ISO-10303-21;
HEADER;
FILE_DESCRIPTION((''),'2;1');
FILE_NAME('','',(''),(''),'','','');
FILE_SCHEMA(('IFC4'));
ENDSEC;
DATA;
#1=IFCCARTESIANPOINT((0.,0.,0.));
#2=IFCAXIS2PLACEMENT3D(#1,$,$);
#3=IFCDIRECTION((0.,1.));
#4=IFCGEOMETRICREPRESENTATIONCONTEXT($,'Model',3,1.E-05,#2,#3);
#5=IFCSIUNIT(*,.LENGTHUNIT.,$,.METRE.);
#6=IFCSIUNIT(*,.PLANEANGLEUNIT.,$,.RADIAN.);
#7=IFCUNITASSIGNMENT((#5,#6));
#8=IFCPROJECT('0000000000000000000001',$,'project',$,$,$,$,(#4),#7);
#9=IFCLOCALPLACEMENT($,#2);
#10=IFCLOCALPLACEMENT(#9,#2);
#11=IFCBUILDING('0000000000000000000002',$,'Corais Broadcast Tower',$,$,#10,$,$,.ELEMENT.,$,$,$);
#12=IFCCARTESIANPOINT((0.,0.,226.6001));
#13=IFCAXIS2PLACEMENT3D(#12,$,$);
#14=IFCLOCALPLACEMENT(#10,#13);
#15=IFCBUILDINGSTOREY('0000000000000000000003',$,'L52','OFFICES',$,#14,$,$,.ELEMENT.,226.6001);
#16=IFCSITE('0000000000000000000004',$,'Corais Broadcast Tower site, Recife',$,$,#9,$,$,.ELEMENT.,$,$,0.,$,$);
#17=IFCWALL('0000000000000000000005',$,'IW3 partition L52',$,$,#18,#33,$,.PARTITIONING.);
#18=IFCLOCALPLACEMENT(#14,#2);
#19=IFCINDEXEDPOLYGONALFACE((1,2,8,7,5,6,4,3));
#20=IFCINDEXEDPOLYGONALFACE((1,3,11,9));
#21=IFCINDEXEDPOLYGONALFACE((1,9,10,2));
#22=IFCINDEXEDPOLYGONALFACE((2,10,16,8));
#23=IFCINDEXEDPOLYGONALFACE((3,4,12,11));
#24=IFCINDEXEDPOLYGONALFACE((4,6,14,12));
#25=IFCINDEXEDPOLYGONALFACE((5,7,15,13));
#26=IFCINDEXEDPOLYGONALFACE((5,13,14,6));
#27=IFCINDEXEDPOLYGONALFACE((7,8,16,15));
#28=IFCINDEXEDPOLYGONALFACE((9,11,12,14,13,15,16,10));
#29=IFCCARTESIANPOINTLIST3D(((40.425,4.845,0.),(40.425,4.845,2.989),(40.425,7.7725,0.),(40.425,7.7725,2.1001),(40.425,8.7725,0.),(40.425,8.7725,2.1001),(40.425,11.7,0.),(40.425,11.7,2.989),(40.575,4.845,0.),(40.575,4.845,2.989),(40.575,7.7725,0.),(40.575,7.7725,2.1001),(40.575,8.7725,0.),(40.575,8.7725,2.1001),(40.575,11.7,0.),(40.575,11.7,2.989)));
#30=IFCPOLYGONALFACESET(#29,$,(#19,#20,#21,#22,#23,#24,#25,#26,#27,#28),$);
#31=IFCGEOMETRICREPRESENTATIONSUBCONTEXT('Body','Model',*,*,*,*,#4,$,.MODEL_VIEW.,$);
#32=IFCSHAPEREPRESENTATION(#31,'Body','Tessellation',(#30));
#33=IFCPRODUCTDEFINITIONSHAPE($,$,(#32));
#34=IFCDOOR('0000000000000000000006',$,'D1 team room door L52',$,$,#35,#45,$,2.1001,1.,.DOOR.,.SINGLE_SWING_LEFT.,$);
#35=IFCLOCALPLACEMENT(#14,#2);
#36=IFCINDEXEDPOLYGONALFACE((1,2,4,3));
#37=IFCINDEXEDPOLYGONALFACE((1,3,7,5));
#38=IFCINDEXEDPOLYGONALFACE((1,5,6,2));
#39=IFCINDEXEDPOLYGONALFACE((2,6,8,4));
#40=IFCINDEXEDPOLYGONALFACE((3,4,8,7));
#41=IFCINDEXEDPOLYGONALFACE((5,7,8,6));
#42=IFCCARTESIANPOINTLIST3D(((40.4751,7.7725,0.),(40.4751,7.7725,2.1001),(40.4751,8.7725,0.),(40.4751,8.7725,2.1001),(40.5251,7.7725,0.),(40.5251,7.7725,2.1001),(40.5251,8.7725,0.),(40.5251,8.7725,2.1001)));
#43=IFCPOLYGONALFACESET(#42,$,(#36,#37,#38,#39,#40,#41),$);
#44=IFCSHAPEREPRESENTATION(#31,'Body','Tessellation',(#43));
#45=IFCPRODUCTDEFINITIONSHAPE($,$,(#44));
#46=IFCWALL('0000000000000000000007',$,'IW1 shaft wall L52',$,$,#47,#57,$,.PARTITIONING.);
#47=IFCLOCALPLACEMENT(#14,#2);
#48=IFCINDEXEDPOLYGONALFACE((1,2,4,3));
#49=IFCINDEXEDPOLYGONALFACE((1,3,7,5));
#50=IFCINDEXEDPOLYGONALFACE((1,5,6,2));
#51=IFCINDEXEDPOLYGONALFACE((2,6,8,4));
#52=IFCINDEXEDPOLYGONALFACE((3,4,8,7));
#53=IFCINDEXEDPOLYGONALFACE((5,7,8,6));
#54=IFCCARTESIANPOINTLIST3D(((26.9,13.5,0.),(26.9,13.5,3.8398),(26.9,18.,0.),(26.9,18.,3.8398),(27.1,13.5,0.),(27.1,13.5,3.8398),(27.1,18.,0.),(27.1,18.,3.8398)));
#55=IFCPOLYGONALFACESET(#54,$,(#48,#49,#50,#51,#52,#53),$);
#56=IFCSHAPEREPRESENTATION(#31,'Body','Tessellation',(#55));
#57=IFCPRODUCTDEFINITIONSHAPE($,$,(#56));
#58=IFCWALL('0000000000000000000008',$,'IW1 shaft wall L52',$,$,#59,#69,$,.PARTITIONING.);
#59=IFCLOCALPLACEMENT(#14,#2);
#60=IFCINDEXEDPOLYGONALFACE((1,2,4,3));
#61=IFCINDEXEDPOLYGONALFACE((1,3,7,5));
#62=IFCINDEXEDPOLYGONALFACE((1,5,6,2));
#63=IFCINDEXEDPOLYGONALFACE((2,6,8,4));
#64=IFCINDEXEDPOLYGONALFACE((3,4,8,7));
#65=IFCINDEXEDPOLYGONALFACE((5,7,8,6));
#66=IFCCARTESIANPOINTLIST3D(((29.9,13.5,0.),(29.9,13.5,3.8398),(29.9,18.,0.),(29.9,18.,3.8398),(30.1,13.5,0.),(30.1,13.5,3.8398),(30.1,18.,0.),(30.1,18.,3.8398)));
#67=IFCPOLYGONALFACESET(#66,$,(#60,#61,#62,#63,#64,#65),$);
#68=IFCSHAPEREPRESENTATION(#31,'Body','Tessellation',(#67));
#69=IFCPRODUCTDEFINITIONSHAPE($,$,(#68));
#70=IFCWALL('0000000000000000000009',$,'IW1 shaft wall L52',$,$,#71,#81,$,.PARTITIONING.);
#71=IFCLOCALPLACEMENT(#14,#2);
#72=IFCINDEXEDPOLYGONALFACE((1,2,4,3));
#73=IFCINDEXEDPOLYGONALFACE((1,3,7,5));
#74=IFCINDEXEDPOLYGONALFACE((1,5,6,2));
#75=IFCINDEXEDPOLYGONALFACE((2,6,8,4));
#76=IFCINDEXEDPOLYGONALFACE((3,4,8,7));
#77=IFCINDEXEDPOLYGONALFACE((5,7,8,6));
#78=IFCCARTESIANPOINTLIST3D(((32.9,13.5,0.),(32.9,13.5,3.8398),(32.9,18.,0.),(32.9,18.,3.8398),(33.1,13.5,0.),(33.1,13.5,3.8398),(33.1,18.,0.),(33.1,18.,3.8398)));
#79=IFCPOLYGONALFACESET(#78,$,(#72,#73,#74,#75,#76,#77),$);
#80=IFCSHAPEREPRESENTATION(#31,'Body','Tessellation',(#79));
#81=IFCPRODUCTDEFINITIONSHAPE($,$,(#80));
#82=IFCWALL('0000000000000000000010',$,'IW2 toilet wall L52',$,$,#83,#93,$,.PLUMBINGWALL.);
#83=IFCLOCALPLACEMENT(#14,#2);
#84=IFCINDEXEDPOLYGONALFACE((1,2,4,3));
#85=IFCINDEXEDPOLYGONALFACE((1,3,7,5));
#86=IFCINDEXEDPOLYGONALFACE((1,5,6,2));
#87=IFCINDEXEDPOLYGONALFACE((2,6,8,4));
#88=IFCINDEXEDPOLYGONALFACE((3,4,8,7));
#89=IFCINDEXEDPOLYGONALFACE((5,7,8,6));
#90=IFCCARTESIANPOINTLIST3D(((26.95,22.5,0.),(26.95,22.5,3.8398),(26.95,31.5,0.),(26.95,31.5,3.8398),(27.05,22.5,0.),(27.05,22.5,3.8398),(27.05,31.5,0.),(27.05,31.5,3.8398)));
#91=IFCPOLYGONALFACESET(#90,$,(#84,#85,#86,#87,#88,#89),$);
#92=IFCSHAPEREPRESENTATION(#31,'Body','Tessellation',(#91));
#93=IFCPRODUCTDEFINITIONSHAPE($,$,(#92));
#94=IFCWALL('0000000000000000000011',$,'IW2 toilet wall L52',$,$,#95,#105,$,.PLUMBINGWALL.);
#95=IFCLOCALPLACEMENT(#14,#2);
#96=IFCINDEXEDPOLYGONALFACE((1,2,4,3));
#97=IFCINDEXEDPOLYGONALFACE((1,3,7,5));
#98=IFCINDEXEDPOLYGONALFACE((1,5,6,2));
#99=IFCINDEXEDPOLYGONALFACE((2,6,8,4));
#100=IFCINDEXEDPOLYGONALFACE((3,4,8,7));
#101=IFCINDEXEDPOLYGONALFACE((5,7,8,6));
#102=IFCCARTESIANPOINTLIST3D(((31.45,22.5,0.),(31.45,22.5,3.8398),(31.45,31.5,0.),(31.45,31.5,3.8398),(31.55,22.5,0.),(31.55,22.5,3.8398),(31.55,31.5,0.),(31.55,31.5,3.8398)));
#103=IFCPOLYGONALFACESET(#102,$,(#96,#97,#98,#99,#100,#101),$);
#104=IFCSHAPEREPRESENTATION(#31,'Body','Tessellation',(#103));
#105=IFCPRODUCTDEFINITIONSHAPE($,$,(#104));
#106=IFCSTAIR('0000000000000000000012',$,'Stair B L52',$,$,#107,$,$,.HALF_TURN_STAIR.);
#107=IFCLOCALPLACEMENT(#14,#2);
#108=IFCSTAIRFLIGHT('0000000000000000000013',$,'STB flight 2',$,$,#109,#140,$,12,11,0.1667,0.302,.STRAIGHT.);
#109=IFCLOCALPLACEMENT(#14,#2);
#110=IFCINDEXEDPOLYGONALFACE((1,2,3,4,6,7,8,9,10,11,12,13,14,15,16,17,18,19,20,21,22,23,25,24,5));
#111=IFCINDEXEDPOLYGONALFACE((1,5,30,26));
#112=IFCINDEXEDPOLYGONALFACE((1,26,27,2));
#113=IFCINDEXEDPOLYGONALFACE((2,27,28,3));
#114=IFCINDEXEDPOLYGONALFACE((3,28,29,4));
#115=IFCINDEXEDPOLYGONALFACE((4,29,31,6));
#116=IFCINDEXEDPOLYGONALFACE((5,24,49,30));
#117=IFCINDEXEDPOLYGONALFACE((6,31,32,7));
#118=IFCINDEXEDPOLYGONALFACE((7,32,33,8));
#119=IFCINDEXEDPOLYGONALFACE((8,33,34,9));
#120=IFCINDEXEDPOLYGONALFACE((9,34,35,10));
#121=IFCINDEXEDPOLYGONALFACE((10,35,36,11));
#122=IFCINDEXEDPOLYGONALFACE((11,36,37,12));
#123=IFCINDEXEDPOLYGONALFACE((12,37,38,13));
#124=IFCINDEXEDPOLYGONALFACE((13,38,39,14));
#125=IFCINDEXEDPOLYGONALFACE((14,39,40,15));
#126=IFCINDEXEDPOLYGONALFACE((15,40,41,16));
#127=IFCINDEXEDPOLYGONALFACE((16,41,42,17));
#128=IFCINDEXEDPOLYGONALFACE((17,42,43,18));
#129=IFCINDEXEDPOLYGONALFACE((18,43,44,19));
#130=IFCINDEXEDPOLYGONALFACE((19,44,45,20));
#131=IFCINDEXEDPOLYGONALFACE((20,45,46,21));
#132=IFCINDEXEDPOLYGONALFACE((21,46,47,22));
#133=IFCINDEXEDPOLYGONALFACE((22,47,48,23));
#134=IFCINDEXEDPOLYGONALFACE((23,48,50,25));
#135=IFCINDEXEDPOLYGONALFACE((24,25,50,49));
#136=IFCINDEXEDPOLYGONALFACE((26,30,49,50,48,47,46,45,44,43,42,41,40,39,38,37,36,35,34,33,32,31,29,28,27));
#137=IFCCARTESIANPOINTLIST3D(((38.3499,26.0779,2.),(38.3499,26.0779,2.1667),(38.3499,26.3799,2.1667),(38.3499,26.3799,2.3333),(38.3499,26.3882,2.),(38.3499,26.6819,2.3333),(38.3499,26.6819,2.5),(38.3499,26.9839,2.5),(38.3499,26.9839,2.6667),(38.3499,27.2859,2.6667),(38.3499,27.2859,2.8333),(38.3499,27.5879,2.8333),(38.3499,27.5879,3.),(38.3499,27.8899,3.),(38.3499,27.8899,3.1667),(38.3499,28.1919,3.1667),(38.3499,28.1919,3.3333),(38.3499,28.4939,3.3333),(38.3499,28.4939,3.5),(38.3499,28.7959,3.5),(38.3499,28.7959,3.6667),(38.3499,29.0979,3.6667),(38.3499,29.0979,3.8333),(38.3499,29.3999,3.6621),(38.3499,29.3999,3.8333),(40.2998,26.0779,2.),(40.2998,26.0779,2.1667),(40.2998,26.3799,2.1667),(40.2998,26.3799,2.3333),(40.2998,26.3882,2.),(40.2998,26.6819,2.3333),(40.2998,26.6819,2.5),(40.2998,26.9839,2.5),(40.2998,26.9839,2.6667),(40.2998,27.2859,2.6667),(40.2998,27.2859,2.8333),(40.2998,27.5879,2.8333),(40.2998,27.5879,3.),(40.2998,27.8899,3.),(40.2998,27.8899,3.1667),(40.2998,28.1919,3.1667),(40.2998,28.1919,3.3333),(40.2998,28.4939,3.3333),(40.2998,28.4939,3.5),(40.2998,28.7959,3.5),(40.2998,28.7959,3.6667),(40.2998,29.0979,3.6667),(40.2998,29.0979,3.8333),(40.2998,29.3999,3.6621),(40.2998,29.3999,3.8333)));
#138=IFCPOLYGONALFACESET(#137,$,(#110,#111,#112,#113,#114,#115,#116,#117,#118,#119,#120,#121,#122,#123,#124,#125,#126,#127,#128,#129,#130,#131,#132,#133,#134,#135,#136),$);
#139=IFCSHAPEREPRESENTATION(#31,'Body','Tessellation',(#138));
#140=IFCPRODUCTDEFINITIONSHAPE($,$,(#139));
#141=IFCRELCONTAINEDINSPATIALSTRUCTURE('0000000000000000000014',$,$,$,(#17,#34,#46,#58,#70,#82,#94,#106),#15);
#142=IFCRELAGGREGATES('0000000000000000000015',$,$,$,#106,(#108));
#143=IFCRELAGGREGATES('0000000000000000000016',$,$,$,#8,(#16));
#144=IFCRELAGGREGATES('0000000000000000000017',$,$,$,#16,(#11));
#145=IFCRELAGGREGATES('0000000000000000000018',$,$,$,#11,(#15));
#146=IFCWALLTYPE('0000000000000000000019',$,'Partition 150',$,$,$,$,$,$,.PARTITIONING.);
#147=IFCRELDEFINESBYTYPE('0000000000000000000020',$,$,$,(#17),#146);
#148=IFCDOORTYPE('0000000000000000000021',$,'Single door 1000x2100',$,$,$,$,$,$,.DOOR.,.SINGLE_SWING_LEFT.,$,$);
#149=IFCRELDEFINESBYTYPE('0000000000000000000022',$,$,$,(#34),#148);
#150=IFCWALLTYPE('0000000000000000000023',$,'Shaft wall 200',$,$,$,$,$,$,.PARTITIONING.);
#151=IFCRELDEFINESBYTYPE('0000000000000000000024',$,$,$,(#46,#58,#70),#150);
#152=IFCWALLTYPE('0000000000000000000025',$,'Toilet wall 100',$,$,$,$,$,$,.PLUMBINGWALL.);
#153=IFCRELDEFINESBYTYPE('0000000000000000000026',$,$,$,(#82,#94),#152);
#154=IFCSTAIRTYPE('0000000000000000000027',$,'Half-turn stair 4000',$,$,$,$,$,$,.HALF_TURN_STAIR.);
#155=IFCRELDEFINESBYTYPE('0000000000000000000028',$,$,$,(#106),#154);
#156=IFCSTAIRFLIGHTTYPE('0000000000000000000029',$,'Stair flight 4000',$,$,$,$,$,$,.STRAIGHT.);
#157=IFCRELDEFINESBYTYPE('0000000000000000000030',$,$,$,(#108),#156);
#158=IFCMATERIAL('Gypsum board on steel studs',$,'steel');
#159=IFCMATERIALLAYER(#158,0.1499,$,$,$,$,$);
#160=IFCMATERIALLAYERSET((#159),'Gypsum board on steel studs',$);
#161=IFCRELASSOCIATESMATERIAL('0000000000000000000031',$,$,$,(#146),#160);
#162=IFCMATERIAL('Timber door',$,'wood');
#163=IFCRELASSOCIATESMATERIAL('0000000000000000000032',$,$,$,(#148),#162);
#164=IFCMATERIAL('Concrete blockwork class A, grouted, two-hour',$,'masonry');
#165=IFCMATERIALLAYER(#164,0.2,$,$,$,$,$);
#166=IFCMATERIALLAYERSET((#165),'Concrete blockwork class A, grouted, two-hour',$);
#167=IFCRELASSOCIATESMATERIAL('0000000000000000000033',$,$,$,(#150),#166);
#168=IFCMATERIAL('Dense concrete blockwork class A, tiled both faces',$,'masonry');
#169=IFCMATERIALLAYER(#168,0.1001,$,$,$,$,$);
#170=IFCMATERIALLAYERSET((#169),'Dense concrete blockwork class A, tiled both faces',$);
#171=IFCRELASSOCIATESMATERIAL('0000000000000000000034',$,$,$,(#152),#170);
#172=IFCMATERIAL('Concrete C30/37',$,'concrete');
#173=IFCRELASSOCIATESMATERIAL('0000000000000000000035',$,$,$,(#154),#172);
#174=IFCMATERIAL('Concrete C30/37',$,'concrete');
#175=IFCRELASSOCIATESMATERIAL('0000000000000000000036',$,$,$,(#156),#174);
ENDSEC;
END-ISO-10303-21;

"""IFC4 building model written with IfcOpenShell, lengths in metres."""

from ifc_helpers import new_model, si_unit, direction, frame, frame_2d, origin, place, context, subcontext, project, spatial, polyline, rectangle, outline, extrude, material, layer, layer_set, type_object, element, fill, aggregate, save


model = new_model("IFC4")

# Units and contexts
model_context = context("Model", 3, precision=1e-05, world=origin(), true_north=direction((0.0, 1.0)))
body_context = subcontext(model_context, "Body", "Model", "MODEL_VIEW")
ifc_project = project(units=[si_unit("LENGTHUNIT", "METRE"), si_unit("PLANEANGLEUNIT", "RADIAN")], contexts=[model_context])

# Site, building, storey
site_placement = place(None, origin())
site = spatial("IfcSite", under=ifc_project, at=site_placement, Name="Corais Broadcast Tower site, Recife", CompositionType="ELEMENT", RefElevation=0.0)
building_placement = place(site_placement, origin())
building = spatial("IfcBuilding", under=site, at=building_placement, Name="Corais Broadcast Tower", CompositionType="ELEMENT")
storey_placement = place(building_placement, frame((0.0, 0.0, 226.6001)))
storey = spatial("IfcBuildingStorey", under=building, at=storey_placement, Name="L52", Description="OFFICES", CompositionType="ELEMENT", Elevation=226.6001)

# Shared definitions
ifc_material_1 = material(Name="Gypsum board on steel studs", Category="steel")
ifc_layer_1 = layer(ifc_material_1, 0.1499)
ifc_layer_set_1 = layer_set([ifc_layer_1], Name="Gypsum board on steel studs")
wall_type_1 = type_object("IfcWallType", Name="Partition 150", PredefinedType="PARTITIONING", material=ifc_layer_set_1)
ifc_material_2 = material(Name="Timber door", Category="wood")
door_type = type_object("IfcDoorType", Name="Single door 1000x2100", OperationType="SINGLE_SWING_LEFT", PredefinedType="DOOR", material=ifc_material_2)

# Wall, opening, door
wall_1_placement = place(storey_placement, frame((40.5, 4.845, 0.0), z_axis=(0.0, 0.0, 1.0), x_axis=(0.0, 1.0, 0.0)))
wall_1 = element("IfcWall", 1, at=wall_1_placement, inside=storey, type_object=wall_type_1, Name="IW3 partition L52", PredefinedType="PARTITIONING", context=body_context, shape_type="SweptSolid", body=[
    extrude(rectangle(XDim=6.855, YDim=0.1499, at=frame_2d((3.4275, 0.0))), origin(), (0.0, 0.0, 1.0), 2.989),
])
opening_1_placement = place(wall_1_placement, frame((2.9275, 0.0, 0.0)))
opening_1 = element("IfcOpeningElement", 2, at=opening_1_placement, cuts=wall_1, PredefinedType="OPENING", context=body_context, shape_type="SweptSolid", body=[
    extrude(rectangle(XDim=1.0, YDim=2.1001, at=frame_2d((0.5, 1.05))), frame((0.0, 0.085, 0.0), z_axis=(0.0, -1.0, 0.0), x_axis=(1.0, 0.0, 0.0)), (0.0, 0.0, 1.0), 0.1699),
])
door_1_placement = place(opening_1_placement, origin())
door_1 = element("IfcDoor", 3, at=door_1_placement, inside=storey, type_object=door_type, Name="D1 team room door L52", OperationType="SINGLE_SWING_LEFT", OverallHeight=2.1001, OverallWidth=1.0, PredefinedType="DOOR", context=body_context, shape_type="SweptSolid", body=[
    extrude(rectangle(XDim=1.0, YDim=2.1001, at=frame_2d((0.5, 1.05))), frame((0.0, 0.0249, 0.0), z_axis=(0.0, -1.0, 0.0), x_axis=(1.0, 0.0, 0.0)), (0.0, 0.0, 1.0), 0.05),
])
fill(opening_1, door_1)

# Walls
ifc_material_3 = material(Name="Concrete blockwork class A, grouted, two-hour", Category="masonry")
ifc_layer_2 = layer(ifc_material_3, 0.2)
ifc_layer_set_2 = layer_set([ifc_layer_2], Name="Concrete blockwork class A, grouted, two-hour")
wall_type_2 = type_object("IfcWallType", Name="Shaft wall 200", PredefinedType="PARTITIONING", material=ifc_layer_set_2)
for number, where, z_axis, x_axis, name in (
    (4, (27.0, 13.5, 0.0), (0.0, 0.0, 1.0), (0.0, 1.0, 0.0), "IW1 shaft wall L52"),
    (5, (30.0, 13.5, 0.0), (0.0, 0.0, 1.0), (0.0, 1.0, 0.0), "IW1 shaft wall L52"),
    (6, (33.0, 13.5, 0.0), (0.0, 0.0, 1.0), (0.0, 1.0, 0.0), "IW1 shaft wall L52"),
):
    element("IfcWall", number, at=place(storey_placement, frame(where, z_axis=z_axis, x_axis=x_axis)), inside=storey, type_object=wall_type_2, Name=name, PredefinedType="PARTITIONING", context=body_context, shape_type="SweptSolid", body=[
        extrude(rectangle(XDim=4.5, YDim=0.2, at=frame_2d((2.25, 0.0))), origin(), (0.0, 0.0, 1.0), 3.8398),
    ])
ifc_material_4 = material(Name="Dense concrete blockwork class A, tiled both faces", Category="masonry")
ifc_layer_3 = layer(ifc_material_4, 0.1001)
ifc_layer_set_3 = layer_set([ifc_layer_3], Name="Dense concrete blockwork class A, tiled both faces")
wall_type_3 = type_object("IfcWallType", Name="Toilet wall 100", PredefinedType="PLUMBINGWALL", material=ifc_layer_set_3)
for number, where, z_axis, x_axis, name in (
    (7, (27.0, 22.5, 0.0), (0.0, 0.0, 1.0), (0.0, 1.0, 0.0), "IW2 toilet wall L52"),
    (8, (31.5, 22.5, 0.0), (0.0, 0.0, 1.0), (0.0, 1.0, 0.0), "IW2 toilet wall L52"),
):
    element("IfcWall", number, at=place(storey_placement, frame(where, z_axis=z_axis, x_axis=x_axis)), inside=storey, type_object=wall_type_3, Name=name, PredefinedType="PLUMBINGWALL", context=body_context, shape_type="SweptSolid", body=[
        extrude(rectangle(XDim=9.0, YDim=0.1001, at=frame_2d((4.5, 0.0))), origin(), (0.0, 0.0, 1.0), 3.8398),
    ])

# Stair, stair flight
ifc_material_5 = material(Name="Concrete C30/37", Category="concrete")
stair_type = type_object("IfcStairType", Name="Half-turn stair 4000", PredefinedType="HALF_TURN_STAIR", material=ifc_material_5)
stair_placement = place(storey_placement, origin())
stair = element("IfcStair", 9, at=stair_placement, inside=storey, type_object=stair_type, Name="Stair B L52", PredefinedType="HALF_TURN_STAIR")
ifc_material_6 = material(Name="Concrete C30/37", Category="concrete")
stair_flight_type = type_object("IfcStairFlightType", Name="Stair flight 4000", PredefinedType="STRAIGHT", material=ifc_material_6)
stair_flight_placement = place(storey_placement, frame((39.325, 26.0779, 2.0), z_axis=(0.0, 0.0, 1.0), x_axis=(0.0, 1.0, 0.0)))
stair_flight = element("IfcStairFlight", 10, at=stair_flight_placement, type_object=stair_flight_type, Name="STB flight 2", NumberOfRisers=12, NumberOfTreads=11, PredefinedType="STRAIGHT", RiserHeight=0.1667, TreadLength=0.302, context=body_context, shape_type="SweptSolid", body=[
    extrude(outline(polyline([(0.0, 0.0), (0.0, 0.1667), (0.302, 0.1667), (0.302, 0.3333), (0.604, 0.3333), (0.604, 0.5), (0.906, 0.5), (0.906, 0.6667), (1.208, 0.6667), (1.208, 0.8333), (1.51, 0.8333), (1.51, 1.0), (1.812, 1.0), (1.812, 1.1667), (2.114, 1.1667), (2.114, 1.3333), (2.416, 1.3333), (2.416, 1.5), (2.718, 1.5), (2.718, 1.6667), (3.02, 1.6667), (3.02, 1.8333), (3.322, 1.8333), (3.322, 2.0), (3.322, 1.6621), (0.3103, 0.0), (0.0, 0.0)])), frame((0.0, 0.9751, 0.0), z_axis=(0.0, -1.0, 0.0), x_axis=(1.0, 0.0, 0.0)), (0.0, 0.0, 1.0), 1.95),
])
aggregate(stair, [stair_flight])

save(model, "model.ifc")
